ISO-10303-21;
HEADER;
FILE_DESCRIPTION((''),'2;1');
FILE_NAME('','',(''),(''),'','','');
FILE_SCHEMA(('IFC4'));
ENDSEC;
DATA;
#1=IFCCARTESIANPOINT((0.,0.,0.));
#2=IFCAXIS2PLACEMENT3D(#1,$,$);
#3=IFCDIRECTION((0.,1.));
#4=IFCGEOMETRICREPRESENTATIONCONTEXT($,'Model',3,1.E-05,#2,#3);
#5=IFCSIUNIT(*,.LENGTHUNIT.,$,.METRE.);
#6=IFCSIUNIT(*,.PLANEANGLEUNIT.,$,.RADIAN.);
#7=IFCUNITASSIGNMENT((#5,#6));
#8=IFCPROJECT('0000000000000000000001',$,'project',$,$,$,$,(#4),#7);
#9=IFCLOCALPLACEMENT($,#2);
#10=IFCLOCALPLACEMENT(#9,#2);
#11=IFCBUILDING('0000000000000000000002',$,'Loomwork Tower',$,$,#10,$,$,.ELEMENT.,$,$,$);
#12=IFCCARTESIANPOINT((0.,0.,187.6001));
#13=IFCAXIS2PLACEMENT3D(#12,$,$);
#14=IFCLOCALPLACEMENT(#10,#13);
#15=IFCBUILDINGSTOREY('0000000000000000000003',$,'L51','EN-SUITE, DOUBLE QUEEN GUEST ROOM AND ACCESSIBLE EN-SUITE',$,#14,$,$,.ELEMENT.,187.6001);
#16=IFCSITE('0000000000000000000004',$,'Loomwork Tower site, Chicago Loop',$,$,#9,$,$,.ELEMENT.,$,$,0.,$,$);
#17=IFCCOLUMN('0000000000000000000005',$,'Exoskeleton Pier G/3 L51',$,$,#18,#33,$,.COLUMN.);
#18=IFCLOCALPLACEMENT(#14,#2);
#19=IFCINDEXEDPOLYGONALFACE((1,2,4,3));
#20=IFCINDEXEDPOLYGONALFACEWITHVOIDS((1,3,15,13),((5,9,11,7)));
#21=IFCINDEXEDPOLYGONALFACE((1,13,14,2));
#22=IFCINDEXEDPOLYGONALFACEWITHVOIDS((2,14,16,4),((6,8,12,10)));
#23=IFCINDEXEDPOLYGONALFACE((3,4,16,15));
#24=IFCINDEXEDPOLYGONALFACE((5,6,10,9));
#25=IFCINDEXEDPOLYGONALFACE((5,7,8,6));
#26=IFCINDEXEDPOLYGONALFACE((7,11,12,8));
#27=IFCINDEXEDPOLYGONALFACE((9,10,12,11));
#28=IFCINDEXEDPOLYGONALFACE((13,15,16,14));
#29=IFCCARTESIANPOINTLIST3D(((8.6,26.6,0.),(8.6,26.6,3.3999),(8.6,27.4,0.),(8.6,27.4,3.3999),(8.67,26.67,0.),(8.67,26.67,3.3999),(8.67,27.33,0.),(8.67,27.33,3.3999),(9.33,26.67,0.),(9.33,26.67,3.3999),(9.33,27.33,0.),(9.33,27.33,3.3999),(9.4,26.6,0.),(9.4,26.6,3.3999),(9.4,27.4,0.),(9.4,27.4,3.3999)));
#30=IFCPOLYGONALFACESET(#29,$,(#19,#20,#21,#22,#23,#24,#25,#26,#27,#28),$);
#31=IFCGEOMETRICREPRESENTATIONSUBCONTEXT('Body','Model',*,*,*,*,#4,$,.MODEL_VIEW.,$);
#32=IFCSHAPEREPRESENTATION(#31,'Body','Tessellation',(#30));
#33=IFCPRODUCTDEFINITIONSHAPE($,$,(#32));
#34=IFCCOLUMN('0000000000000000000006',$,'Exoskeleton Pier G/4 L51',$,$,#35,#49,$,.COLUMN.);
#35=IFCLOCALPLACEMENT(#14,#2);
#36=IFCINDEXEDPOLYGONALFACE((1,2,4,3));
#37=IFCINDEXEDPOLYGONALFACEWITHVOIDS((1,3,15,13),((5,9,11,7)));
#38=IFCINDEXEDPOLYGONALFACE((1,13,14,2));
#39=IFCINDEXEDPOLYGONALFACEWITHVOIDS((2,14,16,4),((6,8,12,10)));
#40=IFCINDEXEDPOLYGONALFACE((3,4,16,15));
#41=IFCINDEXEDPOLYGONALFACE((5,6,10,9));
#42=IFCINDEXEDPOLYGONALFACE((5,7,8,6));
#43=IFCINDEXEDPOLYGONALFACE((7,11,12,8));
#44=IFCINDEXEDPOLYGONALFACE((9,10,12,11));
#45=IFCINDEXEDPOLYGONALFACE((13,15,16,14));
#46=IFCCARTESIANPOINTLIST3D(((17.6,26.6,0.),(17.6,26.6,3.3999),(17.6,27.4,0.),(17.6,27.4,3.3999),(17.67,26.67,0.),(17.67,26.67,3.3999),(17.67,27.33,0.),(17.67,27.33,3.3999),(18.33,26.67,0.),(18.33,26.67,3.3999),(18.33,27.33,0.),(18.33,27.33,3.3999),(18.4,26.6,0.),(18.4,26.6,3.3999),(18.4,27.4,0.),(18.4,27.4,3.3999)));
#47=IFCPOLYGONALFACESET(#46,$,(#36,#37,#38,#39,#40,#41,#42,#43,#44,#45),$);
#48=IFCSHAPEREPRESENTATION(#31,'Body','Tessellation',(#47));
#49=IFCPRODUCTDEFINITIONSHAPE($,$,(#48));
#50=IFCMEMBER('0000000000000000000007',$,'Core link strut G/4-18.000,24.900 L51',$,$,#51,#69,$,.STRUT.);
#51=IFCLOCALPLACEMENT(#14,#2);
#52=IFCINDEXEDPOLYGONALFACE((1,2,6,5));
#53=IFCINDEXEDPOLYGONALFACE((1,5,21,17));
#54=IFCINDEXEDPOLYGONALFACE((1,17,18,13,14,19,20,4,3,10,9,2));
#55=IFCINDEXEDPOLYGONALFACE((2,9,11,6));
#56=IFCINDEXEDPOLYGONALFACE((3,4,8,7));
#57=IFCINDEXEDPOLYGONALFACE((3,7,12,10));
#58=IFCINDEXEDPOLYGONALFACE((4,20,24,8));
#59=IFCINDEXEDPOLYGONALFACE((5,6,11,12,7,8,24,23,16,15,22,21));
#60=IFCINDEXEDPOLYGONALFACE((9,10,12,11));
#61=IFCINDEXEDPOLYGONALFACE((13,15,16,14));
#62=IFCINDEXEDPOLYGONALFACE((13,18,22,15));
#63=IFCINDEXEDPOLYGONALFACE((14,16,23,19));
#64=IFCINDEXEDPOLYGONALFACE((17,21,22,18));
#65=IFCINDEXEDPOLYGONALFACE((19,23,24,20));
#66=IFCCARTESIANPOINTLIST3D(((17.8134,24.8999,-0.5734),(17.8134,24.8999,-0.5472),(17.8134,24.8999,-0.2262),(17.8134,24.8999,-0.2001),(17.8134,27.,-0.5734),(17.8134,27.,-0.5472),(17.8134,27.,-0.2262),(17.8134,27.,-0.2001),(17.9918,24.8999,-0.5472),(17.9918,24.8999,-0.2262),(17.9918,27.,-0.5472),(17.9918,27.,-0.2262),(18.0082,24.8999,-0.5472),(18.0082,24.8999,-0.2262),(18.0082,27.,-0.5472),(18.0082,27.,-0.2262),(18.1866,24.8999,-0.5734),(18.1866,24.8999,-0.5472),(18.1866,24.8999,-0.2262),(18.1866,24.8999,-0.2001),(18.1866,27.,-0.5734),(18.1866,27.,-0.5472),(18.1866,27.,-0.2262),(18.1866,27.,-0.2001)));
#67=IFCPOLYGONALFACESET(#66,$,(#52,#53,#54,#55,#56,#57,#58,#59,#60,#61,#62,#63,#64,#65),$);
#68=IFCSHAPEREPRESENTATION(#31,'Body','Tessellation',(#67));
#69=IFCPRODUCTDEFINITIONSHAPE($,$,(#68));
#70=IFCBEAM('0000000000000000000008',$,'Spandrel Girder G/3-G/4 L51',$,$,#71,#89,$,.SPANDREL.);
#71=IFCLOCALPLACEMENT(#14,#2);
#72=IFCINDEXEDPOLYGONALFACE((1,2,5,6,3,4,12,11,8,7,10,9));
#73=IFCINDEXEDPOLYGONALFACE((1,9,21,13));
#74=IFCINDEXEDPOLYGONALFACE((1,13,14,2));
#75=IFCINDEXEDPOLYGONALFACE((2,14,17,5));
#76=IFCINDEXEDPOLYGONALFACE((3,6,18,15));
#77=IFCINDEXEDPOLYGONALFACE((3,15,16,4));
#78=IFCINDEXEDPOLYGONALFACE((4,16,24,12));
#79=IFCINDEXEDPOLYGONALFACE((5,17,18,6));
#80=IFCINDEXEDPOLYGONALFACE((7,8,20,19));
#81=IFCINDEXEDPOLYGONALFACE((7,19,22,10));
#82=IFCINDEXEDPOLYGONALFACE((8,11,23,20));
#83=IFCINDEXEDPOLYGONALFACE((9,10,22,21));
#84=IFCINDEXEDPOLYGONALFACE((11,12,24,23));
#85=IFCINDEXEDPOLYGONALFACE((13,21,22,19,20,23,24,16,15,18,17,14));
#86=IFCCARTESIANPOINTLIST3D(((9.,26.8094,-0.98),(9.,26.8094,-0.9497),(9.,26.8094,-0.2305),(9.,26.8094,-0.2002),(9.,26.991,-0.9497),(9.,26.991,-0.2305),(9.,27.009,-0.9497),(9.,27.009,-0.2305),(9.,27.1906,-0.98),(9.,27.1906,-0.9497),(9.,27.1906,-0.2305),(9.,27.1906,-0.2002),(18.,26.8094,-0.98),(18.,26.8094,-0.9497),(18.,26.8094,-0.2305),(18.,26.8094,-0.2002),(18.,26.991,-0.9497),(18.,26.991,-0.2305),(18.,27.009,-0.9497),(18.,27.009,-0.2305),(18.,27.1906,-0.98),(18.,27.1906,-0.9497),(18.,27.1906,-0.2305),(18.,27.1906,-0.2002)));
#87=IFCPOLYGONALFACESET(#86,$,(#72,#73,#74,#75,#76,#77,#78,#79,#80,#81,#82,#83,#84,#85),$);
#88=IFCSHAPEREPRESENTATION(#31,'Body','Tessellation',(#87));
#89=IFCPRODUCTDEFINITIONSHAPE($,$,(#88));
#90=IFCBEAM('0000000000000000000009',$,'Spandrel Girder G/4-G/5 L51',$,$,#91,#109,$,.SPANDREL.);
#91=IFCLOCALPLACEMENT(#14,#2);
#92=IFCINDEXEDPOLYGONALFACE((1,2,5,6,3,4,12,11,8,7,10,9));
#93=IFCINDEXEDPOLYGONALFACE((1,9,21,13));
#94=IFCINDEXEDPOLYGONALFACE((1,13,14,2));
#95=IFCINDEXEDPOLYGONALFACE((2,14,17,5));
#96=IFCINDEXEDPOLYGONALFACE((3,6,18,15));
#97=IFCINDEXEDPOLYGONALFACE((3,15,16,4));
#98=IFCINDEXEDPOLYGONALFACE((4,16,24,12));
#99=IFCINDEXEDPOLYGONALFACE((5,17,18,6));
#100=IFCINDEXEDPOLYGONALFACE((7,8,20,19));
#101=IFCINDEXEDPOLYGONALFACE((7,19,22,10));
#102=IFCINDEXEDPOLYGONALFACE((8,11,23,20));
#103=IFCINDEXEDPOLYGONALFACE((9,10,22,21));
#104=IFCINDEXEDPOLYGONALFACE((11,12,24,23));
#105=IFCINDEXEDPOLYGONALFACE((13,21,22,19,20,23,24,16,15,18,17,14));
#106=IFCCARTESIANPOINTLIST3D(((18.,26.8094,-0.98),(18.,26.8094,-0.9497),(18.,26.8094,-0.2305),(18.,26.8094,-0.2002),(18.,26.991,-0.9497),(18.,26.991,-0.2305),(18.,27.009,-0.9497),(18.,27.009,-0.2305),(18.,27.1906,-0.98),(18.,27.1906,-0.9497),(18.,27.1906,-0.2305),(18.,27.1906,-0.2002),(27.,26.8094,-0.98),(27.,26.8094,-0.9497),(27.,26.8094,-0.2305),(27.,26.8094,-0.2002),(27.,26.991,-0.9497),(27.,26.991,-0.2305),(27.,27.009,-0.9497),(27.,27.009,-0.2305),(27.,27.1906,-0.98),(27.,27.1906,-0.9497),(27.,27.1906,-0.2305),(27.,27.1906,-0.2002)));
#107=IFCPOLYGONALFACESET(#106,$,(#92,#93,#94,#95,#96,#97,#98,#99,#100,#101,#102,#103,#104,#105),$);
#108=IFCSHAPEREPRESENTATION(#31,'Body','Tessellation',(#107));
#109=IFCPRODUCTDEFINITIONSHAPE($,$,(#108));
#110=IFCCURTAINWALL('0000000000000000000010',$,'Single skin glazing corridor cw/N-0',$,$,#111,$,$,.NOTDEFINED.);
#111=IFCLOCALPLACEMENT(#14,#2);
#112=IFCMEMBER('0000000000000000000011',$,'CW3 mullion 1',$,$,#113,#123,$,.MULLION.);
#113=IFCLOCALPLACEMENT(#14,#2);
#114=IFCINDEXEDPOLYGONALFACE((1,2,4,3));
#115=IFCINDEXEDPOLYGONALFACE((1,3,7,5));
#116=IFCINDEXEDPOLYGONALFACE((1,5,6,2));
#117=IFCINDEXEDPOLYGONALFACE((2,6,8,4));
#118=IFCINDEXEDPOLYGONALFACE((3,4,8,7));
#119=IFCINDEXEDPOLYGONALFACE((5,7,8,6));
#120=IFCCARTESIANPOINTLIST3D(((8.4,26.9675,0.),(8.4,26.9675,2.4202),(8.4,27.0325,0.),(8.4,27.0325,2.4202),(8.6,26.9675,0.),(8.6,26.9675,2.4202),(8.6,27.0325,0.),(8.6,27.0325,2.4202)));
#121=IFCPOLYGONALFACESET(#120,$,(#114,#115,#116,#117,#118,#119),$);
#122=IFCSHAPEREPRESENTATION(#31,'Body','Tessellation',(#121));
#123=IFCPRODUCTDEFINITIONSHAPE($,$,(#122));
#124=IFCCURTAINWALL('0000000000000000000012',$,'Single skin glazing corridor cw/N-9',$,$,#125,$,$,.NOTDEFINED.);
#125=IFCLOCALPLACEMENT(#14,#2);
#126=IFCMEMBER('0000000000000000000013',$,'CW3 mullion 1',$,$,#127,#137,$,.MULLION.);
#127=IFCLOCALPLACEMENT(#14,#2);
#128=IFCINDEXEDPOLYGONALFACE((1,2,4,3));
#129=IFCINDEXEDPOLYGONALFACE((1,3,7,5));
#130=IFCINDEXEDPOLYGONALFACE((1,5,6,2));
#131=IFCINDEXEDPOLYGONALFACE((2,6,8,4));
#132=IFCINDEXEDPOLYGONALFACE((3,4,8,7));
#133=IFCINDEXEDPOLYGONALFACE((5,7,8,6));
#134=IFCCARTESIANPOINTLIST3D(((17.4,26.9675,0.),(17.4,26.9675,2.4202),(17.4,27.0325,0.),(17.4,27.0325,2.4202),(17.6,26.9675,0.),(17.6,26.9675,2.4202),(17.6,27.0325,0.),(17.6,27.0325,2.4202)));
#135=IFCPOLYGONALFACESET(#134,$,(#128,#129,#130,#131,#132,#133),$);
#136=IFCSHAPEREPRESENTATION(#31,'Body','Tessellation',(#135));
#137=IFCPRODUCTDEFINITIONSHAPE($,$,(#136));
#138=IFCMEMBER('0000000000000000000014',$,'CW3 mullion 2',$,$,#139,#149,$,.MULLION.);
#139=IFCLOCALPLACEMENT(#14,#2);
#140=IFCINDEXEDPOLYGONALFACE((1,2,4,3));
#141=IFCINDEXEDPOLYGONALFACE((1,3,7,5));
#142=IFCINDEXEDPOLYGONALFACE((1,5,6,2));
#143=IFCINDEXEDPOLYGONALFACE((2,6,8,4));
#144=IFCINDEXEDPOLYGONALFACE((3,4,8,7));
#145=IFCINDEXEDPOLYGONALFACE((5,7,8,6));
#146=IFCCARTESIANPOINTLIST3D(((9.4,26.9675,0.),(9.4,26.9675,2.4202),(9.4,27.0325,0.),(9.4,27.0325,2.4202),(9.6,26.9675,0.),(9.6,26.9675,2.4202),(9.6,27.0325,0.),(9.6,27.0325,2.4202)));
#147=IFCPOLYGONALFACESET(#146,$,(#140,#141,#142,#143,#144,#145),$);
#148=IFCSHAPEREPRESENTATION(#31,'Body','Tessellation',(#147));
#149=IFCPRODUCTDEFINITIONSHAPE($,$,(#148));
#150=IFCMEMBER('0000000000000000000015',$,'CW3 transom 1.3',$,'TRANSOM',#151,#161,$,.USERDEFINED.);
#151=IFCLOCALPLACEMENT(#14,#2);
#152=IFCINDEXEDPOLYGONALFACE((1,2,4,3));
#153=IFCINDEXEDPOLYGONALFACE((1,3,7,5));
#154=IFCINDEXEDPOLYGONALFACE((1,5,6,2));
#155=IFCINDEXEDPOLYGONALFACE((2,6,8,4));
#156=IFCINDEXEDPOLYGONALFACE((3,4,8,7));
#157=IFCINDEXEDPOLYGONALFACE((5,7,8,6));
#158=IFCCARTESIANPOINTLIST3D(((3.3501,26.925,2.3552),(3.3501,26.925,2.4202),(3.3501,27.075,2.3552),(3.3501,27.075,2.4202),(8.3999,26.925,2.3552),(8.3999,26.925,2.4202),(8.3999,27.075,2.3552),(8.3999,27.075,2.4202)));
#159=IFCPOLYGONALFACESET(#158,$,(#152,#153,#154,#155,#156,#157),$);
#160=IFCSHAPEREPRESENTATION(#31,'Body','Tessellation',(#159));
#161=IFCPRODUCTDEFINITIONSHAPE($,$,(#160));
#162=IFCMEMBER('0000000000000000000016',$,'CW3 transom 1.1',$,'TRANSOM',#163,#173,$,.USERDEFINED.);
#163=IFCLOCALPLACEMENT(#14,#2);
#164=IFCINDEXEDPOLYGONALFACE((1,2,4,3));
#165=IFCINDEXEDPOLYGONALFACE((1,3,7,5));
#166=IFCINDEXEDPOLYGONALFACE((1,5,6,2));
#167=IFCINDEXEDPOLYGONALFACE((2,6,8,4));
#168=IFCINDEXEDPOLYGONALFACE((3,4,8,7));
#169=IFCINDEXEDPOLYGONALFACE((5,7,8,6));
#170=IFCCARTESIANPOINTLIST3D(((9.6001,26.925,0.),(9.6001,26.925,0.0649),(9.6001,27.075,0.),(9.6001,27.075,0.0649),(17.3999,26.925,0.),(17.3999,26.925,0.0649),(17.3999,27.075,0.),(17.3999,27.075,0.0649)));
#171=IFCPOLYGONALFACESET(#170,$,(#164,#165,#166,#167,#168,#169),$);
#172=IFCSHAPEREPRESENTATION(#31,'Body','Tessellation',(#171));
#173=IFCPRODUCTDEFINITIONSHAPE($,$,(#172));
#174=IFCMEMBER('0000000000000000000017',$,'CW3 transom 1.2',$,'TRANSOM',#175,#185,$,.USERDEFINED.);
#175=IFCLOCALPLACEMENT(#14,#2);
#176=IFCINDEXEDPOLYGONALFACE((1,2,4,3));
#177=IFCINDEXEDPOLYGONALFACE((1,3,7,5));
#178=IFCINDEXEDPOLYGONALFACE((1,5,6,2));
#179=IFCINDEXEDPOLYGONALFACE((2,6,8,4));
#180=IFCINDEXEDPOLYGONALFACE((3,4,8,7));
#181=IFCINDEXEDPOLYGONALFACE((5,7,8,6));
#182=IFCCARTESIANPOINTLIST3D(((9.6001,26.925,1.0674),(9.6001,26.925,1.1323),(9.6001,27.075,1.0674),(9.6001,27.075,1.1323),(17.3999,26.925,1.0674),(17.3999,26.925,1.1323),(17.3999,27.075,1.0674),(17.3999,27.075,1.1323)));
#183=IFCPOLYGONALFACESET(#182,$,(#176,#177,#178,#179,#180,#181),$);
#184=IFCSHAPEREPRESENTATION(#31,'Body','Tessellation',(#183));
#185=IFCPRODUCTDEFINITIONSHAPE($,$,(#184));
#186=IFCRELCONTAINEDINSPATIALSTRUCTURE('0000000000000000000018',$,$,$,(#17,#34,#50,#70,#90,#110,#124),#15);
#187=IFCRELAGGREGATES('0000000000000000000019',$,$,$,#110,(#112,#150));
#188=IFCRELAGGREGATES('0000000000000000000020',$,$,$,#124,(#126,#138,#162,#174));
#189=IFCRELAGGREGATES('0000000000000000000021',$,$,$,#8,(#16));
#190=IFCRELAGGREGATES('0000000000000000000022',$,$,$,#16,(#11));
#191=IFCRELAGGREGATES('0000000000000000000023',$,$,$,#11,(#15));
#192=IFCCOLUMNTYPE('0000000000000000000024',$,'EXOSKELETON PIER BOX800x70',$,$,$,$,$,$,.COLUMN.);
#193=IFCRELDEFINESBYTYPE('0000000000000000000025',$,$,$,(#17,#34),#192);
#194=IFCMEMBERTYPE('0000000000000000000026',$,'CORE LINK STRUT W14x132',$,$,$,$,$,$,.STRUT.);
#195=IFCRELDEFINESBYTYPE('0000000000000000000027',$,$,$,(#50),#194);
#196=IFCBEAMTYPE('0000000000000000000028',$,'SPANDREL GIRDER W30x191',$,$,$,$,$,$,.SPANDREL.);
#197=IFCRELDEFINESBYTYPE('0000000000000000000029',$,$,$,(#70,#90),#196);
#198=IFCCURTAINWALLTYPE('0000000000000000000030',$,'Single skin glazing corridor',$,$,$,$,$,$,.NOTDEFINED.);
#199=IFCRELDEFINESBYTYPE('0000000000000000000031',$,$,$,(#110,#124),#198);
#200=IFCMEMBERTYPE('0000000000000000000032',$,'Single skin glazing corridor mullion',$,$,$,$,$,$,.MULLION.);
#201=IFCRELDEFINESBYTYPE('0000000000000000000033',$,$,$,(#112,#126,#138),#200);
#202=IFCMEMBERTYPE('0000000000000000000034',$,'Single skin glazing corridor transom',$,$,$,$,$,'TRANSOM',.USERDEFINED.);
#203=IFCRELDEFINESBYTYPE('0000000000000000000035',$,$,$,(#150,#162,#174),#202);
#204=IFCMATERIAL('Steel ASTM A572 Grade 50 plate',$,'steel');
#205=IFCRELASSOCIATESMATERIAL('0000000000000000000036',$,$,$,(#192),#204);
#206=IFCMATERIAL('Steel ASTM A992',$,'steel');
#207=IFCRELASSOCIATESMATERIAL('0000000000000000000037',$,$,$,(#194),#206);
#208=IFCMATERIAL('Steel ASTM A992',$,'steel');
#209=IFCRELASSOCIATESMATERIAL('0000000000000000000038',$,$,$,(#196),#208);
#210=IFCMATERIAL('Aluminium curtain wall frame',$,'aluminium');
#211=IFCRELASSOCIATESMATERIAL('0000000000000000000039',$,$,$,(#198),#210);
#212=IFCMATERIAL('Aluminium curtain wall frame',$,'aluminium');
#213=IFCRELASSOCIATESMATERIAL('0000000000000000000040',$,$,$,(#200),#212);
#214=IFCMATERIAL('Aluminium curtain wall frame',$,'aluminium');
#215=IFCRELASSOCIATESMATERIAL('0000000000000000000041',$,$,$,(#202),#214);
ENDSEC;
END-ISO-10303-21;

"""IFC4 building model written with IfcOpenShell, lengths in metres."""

from ifc_helpers import new_model, si_unit, direction, frame, origin, origin_2d, place, context, subcontext, project, spatial, rectangle, hollow_rectangle, i_section, extrude, material, material_profile, profile_set, type_object, element, aggregate, save


model = new_model("IFC4")

# Units and contexts
model_context = context("Model", 3, precision=1e-05, world=origin(), true_north=direction((0.0, 1.0)))
body_context = subcontext(model_context, "Body", "Model", "MODEL_VIEW")
ifc_project = project(units=[si_unit("LENGTHUNIT", "METRE"), si_unit("PLANEANGLEUNIT", "RADIAN")], contexts=[model_context])

# Site, building, storey
site_placement = place(None, origin())
site = spatial("IfcSite", under=ifc_project, at=site_placement, Name="Loomwork Tower site, Chicago Loop", CompositionType="ELEMENT", RefElevation=0.0)
building_placement = place(site_placement, origin())
building = spatial("IfcBuilding", under=site, at=building_placement, Name="Loomwork Tower", CompositionType="ELEMENT")
storey_placement = place(building_placement, frame((0.0, 0.0, 187.6001)))
storey = spatial("IfcBuildingStorey", under=building, at=storey_placement, Name="L51", Description="EN-SUITE, DOUBLE QUEEN GUEST ROOM AND ACCESSIBLE EN-SUITE", CompositionType="ELEMENT", Elevation=187.6001)

# Columns
ifc_material_1 = material(Name="Steel ASTM A572 Grade 50 plate", Category="steel")
ifc_material_profile_1 = material_profile(ifc_material_1, hollow_rectangle(XDim=0.8, YDim=0.8, WallThickness=0.0701, at=origin_2d()), Name="BOX800x70")
ifc_profile_set_1 = profile_set([ifc_material_profile_1], Name="Steel ASTM A572 Grade 50 plate")
column_type = type_object("IfcColumnType", Name="EXOSKELETON PIER BOX800x70", PredefinedType="COLUMN", material=ifc_profile_set_1)
for number, where, z_axis, x_axis, name in (
    (1, (9.0, 27.0, 0.0), (0.0, 0.0, 1.0), (1.0, 0.0, 0.0), "Exoskeleton Pier G/3 L51"),
    (2, (18.0, 27.0, 0.0), (0.0, 0.0, 1.0), (1.0, 0.0, 0.0), "Exoskeleton Pier G/4 L51"),
):
    element("IfcColumn", number, at=place(storey_placement, frame(where, z_axis=z_axis, x_axis=x_axis)), inside=storey, type_object=column_type, Name=name, PredefinedType="COLUMN", context=body_context, shape_type="SweptSolid", body=[
        extrude(hollow_rectangle(XDim=0.8, YDim=0.8, WallThickness=0.0701, at=origin_2d()), origin(), (0.0, 0.0, 1.0), 3.3999),
    ])

# Member
ifc_material_2 = material(Name="Steel ASTM A992", Category="steel")
ifc_material_profile_2 = material_profile(ifc_material_2, i_section(OverallWidth=0.3733, OverallDepth=0.3733, WebThickness=0.0164, FlangeThickness=0.0261, at=origin_2d()), Name="W14x132")
ifc_profile_set_2 = profile_set([ifc_material_profile_2], Name="Steel ASTM A992")
member_type_1 = type_object("IfcMemberType", Name="CORE LINK STRUT W14x132", PredefinedType="STRUT", material=ifc_profile_set_2)
member_1_placement = place(storey_placement, frame((18.0, 27.0, -0.3867), z_axis=(0.0, -1.0, 0.0), x_axis=(1.0, 0.0, 0.0)))
element("IfcMember", 3, at=member_1_placement, inside=storey, type_object=member_type_1, Name="Core link strut G/4-18.000,24.900 L51", PredefinedType="STRUT", context=body_context, shape_type="SweptSolid", body=[
    extrude(i_section(OverallWidth=0.3733, OverallDepth=0.3733, WebThickness=0.0164, FlangeThickness=0.0261, at=origin_2d()), origin(), (0.0, 0.0, 1.0), 2.1001),
])

# Beams
ifc_material_3 = material(Name="Steel ASTM A992", Category="steel")
ifc_material_profile_3 = material_profile(ifc_material_3, i_section(OverallWidth=0.3811, OverallDepth=0.7798, WebThickness=0.0181, FlangeThickness=0.0303, at=origin_2d()), Name="W30x191")
ifc_profile_set_3 = profile_set([ifc_material_profile_3], Name="Steel ASTM A992")
beam_type = type_object("IfcBeamType", Name="SPANDREL GIRDER W30x191", PredefinedType="SPANDREL", material=ifc_profile_set_3)
for number, where, z_axis, x_axis, name in (
    (4, (9.0, 27.0, -0.5901), (1.0, 0.0, 0.0), (0.0, 1.0, 0.0), "Spandrel Girder G/3-G/4 L51"),
    (5, (18.0, 27.0, -0.5901), (1.0, 0.0, 0.0), (0.0, 1.0, 0.0), "Spandrel Girder G/4-G/5 L51"),
):
    element("IfcBeam", number, at=place(storey_placement, frame(where, z_axis=z_axis, x_axis=x_axis)), inside=storey, type_object=beam_type, Name=name, PredefinedType="SPANDREL", context=body_context, shape_type="SweptSolid", body=[
        extrude(i_section(OverallWidth=0.3811, OverallDepth=0.7798, WebThickness=0.0181, FlangeThickness=0.0303, at=origin_2d()), origin(), (0.0, 0.0, 1.0), 9.0),
    ])

# Curtain wall, member
ifc_material_4 = material(Name="Aluminium curtain wall frame", Category="aluminium")
curtain_wall_type = type_object("IfcCurtainWallType", Name="Single skin glazing corridor", PredefinedType="NOTDEFINED", material=ifc_material_4)
curtain_wall_1_placement = place(storey_placement, origin())
curtain_wall_1 = element("IfcCurtainWall", 6, at=curtain_wall_1_placement, inside=storey, type_object=curtain_wall_type, Name="Single skin glazing corridor cw/N-0", PredefinedType="NOTDEFINED")
ifc_material_5 = material(Name="Aluminium curtain wall frame", Category="aluminium")
ifc_material_profile_4 = material_profile(ifc_material_5, rectangle(XDim=0.0649, YDim=0.2, at=origin_2d()), Name="AL 65x200")
ifc_profile_set_4 = profile_set([ifc_material_profile_4], Name="Aluminium curtain wall frame")
member_type_2 = type_object("IfcMemberType", Name="Single skin glazing corridor mullion", PredefinedType="MULLION", material=ifc_profile_set_4)
member_2_placement = place(storey_placement, frame((8.5, 27.0, 0.0), z_axis=(0.0, 0.0, 1.0), x_axis=(0.0, -1.0, 0.0)))
member_2 = element("IfcMember", 7, at=member_2_placement, type_object=member_type_2, Name="CW3 mullion 1", PredefinedType="MULLION", context=body_context, shape_type="SweptSolid", body=[
    extrude(rectangle(XDim=0.0649, YDim=0.2, at=origin_2d()), origin(), (0.0, 0.0, 1.0), 2.4202),
])

# Curtain wall, members
curtain_wall_2_placement = place(storey_placement, origin())
curtain_wall_2 = element("IfcCurtainWall", 8, at=curtain_wall_2_placement, inside=storey, type_object=curtain_wall_type, Name="Single skin glazing corridor cw/N-9", PredefinedType="NOTDEFINED")
member_3_placement = place(storey_placement, frame((17.5, 27.0, 0.0), z_axis=(0.0, 0.0, 1.0), x_axis=(0.0, -1.0, 0.0)))
member_3 = element("IfcMember", 9, at=member_3_placement, type_object=member_type_2, Name="CW3 mullion 1", PredefinedType="MULLION", context=body_context, shape_type="SweptSolid", body=[
    extrude(rectangle(XDim=0.0649, YDim=0.2, at=origin_2d()), origin(), (0.0, 0.0, 1.0), 2.4202),
])
member_4_placement = place(storey_placement, frame((9.5, 27.0, 0.0), z_axis=(0.0, 0.0, 1.0), x_axis=(0.0, -1.0, 0.0)))
member_4 = element("IfcMember", 10, at=member_4_placement, type_object=member_type_2, Name="CW3 mullion 2", PredefinedType="MULLION", context=body_context, shape_type="SweptSolid", body=[
    extrude(rectangle(XDim=0.0649, YDim=0.2, at=origin_2d()), origin(), (0.0, 0.0, 1.0), 2.4202),
])

# Members
ifc_material_6 = material(Name="Aluminium curtain wall frame", Category="aluminium")
ifc_material_profile_5 = material_profile(ifc_material_6, rectangle(XDim=0.1499, YDim=0.0649, at=origin_2d()), Name="AL 65x150")
ifc_profile_set_5 = profile_set([ifc_material_profile_5], Name="Aluminium curtain wall frame")
member_type_3 = type_object("IfcMemberType", Name="Single skin glazing corridor transom", ElementType="TRANSOM", PredefinedType="USERDEFINED", material=ifc_profile_set_5)
member_5_placement = place(storey_placement, frame((8.3999, 27.0, 2.3877), z_axis=(-1.0, 0.0, 0.0), x_axis=(0.0, -1.0, 0.0)))
member_5 = element("IfcMember", 11, at=member_5_placement, type_object=member_type_3, Name="CW3 transom 1.3", ObjectType="TRANSOM", PredefinedType="USERDEFINED", context=body_context, shape_type="SweptSolid", body=[
    extrude(rectangle(XDim=0.1499, YDim=0.0649, at=origin_2d()), origin(), (0.0, 0.0, 1.0), 5.0498),
])
aggregate(curtain_wall_1, [member_2, member_5])
member_6_placement = place(storey_placement, frame((17.3999, 27.0, 0.0325), z_axis=(-1.0, 0.0, 0.0), x_axis=(0.0, -1.0, 0.0)))
member_6 = element("IfcMember", 12, at=member_6_placement, type_object=member_type_3, Name="CW3 transom 1.1", ObjectType="TRANSOM", PredefinedType="USERDEFINED", context=body_context, shape_type="SweptSolid", body=[
    extrude(rectangle(XDim=0.1499, YDim=0.0649, at=origin_2d()), origin(), (0.0, 0.0, 1.0), 7.7998),
])
member_7_placement = place(storey_placement, frame((17.3999, 27.0, 1.0999), z_axis=(-1.0, 0.0, 0.0), x_axis=(0.0, -1.0, 0.0)))
member_7 = element("IfcMember", 13, at=member_7_placement, type_object=member_type_3, Name="CW3 transom 1.2", ObjectType="TRANSOM", PredefinedType="USERDEFINED", context=body_context, shape_type="SweptSolid", body=[
    extrude(rectangle(XDim=0.1499, YDim=0.0649, at=origin_2d()), origin(), (0.0, 0.0, 1.0), 7.7998),
])

aggregate(curtain_wall_2, [member_3, member_4, member_6, member_7])

save(model, "model.ifc")
